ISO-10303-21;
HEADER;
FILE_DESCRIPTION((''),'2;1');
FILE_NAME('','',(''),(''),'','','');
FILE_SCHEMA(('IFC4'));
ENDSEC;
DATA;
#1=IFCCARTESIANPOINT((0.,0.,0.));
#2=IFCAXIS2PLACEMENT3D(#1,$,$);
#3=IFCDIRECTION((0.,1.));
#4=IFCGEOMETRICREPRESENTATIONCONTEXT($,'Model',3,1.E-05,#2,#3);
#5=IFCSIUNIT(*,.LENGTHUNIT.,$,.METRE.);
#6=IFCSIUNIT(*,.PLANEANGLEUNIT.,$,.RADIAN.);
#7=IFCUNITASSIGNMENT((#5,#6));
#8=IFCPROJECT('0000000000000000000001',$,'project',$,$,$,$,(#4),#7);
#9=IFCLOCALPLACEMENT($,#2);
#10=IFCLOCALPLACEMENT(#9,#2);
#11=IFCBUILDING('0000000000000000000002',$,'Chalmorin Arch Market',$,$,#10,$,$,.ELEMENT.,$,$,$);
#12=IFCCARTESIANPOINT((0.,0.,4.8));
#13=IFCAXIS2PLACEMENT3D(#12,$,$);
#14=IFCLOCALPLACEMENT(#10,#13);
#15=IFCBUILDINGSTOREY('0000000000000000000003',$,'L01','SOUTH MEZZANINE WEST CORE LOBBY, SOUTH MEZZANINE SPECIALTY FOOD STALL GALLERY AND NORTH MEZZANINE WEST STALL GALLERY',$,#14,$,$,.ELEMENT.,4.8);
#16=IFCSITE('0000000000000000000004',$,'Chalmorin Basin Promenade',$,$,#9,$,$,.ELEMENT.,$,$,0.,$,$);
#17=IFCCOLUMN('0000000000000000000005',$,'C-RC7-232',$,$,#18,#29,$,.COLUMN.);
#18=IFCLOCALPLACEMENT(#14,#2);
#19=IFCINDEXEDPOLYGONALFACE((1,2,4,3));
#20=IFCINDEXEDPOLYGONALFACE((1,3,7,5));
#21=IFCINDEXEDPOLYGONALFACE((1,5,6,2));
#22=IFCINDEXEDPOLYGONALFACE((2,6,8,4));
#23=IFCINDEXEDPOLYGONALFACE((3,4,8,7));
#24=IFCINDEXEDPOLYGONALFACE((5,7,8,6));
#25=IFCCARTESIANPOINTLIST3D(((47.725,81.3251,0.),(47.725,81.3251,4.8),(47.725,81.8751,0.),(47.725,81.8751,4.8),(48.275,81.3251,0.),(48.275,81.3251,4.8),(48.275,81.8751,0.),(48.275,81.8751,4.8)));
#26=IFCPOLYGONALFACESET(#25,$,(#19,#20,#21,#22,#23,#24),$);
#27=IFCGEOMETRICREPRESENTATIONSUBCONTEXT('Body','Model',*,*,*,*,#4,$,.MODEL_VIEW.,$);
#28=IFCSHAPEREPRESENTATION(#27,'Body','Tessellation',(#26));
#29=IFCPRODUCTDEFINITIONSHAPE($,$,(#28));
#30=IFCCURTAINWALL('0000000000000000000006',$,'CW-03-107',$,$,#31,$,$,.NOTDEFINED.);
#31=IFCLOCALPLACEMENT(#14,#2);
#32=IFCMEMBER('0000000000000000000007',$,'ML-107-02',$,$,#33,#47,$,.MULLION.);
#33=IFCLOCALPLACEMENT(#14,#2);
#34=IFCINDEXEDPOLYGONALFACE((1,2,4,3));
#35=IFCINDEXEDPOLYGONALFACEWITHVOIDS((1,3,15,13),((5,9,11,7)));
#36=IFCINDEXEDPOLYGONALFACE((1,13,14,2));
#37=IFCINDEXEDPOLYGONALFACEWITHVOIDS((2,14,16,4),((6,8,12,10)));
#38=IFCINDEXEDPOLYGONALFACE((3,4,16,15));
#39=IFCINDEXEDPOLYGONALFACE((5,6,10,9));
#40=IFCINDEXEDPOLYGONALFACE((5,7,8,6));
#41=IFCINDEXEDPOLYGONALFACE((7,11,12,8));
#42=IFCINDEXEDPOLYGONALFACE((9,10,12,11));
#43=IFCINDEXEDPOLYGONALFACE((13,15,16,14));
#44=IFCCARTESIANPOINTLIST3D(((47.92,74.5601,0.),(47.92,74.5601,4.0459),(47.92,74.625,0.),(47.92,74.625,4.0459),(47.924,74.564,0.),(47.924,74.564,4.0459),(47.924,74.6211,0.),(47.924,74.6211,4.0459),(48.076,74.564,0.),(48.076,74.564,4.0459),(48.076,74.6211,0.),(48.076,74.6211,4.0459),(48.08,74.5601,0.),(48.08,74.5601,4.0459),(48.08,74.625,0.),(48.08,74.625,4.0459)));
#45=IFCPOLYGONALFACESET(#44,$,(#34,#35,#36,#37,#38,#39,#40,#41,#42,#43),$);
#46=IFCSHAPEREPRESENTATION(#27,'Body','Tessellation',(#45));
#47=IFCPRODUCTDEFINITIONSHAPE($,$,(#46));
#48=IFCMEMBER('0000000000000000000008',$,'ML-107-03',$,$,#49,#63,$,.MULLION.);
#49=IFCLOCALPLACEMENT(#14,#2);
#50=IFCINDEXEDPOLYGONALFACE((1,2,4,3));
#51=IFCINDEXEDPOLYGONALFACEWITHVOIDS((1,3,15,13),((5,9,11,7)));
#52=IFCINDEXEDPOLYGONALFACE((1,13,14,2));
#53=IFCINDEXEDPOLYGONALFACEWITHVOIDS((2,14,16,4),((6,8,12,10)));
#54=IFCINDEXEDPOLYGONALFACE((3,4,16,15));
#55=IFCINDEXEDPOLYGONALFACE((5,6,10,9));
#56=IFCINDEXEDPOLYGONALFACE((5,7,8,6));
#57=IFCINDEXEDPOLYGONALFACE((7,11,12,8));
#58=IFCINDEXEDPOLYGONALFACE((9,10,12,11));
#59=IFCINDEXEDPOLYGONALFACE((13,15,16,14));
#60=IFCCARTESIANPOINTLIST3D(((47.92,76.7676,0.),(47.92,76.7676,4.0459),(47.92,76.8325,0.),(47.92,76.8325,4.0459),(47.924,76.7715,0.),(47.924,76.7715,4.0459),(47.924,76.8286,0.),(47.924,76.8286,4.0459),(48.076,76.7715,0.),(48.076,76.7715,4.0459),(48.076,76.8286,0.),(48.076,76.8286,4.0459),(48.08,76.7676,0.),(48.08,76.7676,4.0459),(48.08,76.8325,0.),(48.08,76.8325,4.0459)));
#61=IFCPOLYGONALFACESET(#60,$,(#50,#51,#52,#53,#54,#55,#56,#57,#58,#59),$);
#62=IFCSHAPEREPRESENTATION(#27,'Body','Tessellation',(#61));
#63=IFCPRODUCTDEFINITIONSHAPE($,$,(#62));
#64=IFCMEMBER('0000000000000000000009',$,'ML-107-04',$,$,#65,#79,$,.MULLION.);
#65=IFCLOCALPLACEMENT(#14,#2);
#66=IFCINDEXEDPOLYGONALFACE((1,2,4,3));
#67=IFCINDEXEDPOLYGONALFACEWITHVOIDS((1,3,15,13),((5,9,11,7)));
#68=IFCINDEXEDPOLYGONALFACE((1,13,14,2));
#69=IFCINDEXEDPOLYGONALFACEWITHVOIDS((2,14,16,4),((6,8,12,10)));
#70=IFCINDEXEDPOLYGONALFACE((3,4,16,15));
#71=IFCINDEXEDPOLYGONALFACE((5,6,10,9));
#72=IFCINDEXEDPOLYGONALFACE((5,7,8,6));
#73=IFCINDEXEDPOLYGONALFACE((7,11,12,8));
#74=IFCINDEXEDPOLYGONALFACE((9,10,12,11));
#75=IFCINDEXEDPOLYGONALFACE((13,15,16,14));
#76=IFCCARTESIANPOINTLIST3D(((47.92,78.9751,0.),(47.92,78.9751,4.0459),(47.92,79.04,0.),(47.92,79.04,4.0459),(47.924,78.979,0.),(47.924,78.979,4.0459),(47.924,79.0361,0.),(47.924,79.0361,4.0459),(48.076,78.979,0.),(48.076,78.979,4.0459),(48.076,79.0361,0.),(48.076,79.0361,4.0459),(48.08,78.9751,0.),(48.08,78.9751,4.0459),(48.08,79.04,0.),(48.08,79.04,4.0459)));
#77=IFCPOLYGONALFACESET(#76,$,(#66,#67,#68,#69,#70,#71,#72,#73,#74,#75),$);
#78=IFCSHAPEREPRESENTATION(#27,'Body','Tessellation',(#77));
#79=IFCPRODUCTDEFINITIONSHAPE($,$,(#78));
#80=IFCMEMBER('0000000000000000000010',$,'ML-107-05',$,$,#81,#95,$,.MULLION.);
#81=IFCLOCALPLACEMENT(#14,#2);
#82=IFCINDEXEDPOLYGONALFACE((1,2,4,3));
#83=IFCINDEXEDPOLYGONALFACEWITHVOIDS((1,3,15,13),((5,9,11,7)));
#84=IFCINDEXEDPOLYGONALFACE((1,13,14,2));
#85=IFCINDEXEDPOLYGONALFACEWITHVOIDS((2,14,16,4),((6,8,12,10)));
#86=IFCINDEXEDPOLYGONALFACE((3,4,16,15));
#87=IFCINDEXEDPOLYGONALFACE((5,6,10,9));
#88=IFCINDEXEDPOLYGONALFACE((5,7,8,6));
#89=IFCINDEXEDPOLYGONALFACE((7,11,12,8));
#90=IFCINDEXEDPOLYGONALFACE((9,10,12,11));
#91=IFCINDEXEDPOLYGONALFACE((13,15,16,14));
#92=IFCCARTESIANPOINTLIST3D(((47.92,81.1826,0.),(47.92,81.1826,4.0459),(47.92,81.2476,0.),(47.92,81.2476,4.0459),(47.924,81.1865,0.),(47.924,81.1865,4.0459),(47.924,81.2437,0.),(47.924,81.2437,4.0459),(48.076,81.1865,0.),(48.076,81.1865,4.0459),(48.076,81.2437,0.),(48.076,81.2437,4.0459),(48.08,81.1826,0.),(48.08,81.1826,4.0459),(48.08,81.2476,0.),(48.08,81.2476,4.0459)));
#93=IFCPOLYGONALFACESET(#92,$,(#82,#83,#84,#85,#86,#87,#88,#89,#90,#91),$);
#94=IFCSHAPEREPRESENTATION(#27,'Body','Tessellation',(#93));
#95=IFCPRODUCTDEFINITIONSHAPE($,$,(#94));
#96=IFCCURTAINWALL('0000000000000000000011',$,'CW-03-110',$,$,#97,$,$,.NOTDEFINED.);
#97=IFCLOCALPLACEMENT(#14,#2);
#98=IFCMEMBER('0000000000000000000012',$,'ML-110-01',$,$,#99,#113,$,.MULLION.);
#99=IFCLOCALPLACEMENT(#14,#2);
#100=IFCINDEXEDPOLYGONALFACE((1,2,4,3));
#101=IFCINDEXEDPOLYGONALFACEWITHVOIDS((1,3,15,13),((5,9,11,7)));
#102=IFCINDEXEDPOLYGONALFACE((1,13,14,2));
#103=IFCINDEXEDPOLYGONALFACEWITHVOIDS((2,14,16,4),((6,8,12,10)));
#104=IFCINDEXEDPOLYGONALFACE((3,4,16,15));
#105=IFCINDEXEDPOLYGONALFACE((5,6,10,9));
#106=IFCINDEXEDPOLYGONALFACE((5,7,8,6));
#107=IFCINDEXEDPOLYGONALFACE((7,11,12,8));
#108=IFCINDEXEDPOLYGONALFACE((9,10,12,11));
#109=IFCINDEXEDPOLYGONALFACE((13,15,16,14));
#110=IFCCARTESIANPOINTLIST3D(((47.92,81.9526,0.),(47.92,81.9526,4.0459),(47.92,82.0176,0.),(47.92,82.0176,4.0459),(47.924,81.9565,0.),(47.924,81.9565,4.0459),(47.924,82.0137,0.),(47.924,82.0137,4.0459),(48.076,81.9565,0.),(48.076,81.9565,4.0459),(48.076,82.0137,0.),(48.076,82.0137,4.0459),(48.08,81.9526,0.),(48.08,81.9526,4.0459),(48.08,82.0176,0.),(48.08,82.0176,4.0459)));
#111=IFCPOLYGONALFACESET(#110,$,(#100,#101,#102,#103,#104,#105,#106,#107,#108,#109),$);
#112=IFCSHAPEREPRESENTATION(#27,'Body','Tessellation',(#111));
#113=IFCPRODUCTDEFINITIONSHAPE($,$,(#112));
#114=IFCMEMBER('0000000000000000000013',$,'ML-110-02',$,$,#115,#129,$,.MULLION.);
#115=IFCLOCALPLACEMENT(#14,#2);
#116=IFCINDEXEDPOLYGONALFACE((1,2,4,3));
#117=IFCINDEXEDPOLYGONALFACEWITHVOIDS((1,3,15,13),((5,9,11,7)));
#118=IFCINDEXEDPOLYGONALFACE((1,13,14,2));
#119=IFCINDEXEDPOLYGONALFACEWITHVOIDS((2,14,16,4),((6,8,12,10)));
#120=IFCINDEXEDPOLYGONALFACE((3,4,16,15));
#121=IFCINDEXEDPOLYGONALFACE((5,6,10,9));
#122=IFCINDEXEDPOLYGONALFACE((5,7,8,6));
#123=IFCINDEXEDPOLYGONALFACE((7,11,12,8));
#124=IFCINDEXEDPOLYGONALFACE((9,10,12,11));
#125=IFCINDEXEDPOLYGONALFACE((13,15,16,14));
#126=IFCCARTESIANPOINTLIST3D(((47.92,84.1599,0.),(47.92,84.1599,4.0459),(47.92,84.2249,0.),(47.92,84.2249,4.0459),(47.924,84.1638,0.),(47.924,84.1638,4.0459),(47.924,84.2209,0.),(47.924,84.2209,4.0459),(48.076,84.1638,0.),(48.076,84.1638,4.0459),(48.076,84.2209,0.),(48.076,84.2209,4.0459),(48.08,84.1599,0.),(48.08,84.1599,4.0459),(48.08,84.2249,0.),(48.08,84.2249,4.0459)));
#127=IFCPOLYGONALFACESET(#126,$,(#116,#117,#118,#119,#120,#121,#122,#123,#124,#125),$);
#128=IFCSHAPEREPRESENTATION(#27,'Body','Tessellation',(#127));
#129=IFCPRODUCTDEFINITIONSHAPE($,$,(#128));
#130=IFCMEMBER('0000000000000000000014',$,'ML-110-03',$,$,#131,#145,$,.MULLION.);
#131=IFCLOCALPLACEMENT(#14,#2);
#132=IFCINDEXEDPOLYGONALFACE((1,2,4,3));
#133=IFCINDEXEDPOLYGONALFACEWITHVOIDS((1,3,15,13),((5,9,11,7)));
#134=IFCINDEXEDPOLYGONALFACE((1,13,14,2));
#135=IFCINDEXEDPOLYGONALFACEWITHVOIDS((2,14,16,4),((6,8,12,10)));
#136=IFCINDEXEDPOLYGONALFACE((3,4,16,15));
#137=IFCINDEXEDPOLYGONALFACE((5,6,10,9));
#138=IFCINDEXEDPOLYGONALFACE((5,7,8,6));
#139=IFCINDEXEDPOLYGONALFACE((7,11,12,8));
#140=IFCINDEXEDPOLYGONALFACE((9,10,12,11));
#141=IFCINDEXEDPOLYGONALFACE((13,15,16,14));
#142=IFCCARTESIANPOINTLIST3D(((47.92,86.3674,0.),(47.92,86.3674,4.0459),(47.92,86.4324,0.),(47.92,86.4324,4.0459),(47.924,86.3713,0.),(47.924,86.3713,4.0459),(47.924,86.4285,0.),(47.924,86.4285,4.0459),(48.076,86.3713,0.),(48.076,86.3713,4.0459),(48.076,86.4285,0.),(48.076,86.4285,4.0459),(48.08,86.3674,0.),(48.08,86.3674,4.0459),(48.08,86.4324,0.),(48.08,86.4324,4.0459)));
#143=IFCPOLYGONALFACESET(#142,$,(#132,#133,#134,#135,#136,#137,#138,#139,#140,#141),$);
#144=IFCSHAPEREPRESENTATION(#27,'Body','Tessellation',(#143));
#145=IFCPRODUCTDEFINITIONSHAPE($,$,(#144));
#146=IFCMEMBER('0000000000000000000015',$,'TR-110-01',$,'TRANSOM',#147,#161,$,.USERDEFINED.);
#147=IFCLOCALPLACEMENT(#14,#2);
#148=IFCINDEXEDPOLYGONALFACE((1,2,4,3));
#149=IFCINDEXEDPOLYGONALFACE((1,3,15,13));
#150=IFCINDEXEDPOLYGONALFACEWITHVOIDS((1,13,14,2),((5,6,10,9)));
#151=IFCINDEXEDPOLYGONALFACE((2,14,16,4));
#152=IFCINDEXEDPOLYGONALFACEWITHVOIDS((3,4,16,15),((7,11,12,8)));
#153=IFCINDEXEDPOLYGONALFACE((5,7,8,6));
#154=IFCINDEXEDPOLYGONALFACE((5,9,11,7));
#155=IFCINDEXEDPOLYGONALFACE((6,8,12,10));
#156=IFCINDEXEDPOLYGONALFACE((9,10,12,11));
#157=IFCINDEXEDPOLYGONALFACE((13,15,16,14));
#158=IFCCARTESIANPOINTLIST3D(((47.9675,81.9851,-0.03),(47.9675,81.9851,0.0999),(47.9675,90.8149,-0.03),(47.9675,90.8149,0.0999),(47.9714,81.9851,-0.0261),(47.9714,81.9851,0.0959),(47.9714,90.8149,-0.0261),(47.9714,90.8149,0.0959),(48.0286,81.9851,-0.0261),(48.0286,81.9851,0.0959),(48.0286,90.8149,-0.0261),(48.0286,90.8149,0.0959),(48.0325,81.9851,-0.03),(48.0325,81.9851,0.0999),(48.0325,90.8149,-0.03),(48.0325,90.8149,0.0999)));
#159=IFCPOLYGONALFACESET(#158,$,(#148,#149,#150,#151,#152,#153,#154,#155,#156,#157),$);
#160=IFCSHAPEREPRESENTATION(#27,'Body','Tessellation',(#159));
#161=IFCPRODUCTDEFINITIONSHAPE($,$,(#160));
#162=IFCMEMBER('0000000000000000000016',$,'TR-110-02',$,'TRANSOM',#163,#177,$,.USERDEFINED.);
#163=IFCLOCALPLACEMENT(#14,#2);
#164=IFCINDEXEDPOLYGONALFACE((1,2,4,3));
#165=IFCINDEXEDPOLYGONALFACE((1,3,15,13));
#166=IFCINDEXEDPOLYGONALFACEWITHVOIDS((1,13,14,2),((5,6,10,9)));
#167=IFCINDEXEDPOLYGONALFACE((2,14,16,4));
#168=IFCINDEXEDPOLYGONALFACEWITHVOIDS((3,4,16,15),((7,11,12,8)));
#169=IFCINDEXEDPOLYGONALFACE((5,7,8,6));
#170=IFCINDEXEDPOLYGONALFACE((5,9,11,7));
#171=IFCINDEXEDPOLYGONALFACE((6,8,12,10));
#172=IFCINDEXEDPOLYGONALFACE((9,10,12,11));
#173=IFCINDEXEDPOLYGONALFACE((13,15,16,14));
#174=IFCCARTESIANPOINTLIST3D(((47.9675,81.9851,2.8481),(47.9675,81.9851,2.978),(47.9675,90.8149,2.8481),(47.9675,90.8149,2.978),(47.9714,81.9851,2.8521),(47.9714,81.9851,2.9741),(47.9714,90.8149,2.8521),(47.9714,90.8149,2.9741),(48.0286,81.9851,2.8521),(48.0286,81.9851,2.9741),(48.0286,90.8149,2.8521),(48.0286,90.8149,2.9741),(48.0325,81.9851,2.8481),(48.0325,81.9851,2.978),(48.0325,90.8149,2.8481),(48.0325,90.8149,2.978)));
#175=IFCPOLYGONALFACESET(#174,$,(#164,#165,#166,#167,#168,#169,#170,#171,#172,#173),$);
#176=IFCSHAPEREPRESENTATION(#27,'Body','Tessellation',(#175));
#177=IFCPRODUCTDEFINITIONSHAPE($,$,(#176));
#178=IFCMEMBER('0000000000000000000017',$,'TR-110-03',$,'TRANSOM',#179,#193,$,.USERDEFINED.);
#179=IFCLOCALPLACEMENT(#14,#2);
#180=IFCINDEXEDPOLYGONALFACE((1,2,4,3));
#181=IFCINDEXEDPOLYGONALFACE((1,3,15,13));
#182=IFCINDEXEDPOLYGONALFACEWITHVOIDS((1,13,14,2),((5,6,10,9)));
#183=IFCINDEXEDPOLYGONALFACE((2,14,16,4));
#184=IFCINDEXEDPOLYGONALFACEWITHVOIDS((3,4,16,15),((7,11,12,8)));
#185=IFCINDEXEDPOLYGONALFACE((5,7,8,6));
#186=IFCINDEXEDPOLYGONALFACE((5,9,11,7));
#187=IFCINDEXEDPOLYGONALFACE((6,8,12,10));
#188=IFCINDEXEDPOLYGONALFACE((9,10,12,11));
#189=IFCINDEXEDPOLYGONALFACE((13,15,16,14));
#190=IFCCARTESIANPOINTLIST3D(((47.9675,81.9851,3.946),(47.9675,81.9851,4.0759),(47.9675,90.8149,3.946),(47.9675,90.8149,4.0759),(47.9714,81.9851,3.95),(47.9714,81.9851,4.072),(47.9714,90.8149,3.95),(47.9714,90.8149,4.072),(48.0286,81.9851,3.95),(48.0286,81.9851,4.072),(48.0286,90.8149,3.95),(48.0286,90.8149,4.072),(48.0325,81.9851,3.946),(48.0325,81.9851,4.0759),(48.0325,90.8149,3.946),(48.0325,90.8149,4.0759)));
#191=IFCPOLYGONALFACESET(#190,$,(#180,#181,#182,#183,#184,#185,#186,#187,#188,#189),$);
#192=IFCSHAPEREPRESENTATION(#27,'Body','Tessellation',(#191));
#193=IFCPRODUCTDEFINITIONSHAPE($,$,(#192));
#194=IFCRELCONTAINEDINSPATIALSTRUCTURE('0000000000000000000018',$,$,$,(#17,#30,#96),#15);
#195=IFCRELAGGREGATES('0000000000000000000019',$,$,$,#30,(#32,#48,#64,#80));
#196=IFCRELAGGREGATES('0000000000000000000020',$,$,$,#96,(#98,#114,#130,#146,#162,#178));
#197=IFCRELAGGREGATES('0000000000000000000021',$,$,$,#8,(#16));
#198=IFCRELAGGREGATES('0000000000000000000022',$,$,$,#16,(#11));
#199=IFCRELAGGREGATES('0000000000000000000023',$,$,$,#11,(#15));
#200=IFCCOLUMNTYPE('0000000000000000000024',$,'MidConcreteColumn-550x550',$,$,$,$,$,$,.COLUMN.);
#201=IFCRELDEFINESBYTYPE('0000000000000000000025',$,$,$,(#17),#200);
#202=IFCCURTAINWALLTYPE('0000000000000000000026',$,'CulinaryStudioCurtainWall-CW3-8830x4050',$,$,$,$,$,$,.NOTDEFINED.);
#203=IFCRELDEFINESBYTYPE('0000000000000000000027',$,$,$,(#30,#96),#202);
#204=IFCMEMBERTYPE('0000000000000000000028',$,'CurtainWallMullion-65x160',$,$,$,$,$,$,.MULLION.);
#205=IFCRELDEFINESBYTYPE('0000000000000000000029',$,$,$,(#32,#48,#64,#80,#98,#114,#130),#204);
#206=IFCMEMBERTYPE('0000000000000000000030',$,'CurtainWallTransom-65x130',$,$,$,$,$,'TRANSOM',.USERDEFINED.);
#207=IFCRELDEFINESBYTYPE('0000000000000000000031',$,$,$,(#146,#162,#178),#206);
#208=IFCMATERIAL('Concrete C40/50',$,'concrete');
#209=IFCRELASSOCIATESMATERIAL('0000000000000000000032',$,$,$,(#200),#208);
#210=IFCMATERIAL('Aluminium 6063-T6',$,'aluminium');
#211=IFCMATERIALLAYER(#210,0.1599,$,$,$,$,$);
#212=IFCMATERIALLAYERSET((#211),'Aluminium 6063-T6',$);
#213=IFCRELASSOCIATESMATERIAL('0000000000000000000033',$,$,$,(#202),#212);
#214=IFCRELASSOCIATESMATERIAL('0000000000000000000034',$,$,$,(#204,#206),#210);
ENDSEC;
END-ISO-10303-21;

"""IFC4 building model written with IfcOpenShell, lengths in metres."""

from ifc_helpers import new_model, si_unit, direction, frame, origin, origin_2d, place, context, subcontext, project, spatial, rectangle, hollow_rectangle, extrude, material, layer, layer_set, material_profile, profile_set, type_object, element, aggregate, save


model = new_model("IFC4")

# Units and contexts
model_context = context("Model", 3, precision=1e-05, world=origin(), true_north=direction((0.0, 1.0)))
body_context = subcontext(model_context, "Body", "Model", "MODEL_VIEW")
ifc_project = project(units=[si_unit("LENGTHUNIT", "METRE"), si_unit("PLANEANGLEUNIT", "RADIAN")], contexts=[model_context])

# Site, building, storey
site_placement = place(None, origin())
site = spatial("IfcSite", under=ifc_project, at=site_placement, Name="Chalmorin Basin Promenade", CompositionType="ELEMENT", RefElevation=0.0)
building_placement = place(site_placement, origin())
building = spatial("IfcBuilding", under=site, at=building_placement, Name="Chalmorin Arch Market", CompositionType="ELEMENT")
storey_placement = place(building_placement, frame((0.0, 0.0, 4.8)))
storey = spatial("IfcBuildingStorey", under=building, at=storey_placement, Name="L01", Description="SOUTH MEZZANINE WEST CORE LOBBY, SOUTH MEZZANINE SPECIALTY FOOD STALL GALLERY AND NORTH MEZZANINE WEST STALL GALLERY", CompositionType="ELEMENT", Elevation=4.8)

# Column
ifc_material_1 = material(Name="Concrete C40/50", Category="concrete")
ifc_material_profile_1 = material_profile(ifc_material_1, rectangle(XDim=0.55, YDim=0.55, at=origin_2d()), Name="RC550X550")
ifc_profile_set_1 = profile_set([ifc_material_profile_1], Name="Concrete C40/50")
column_type = type_object("IfcColumnType", Name="MidConcreteColumn-550x550", PredefinedType="COLUMN", material=ifc_profile_set_1)
column_placement = place(storey_placement, frame((48.0, 81.6001, 0.0), z_axis=(0.0, 0.0, 1.0), x_axis=(1.0, 0.0, 0.0)))
element("IfcColumn", 1, at=column_placement, inside=storey, type_object=column_type, Name="C-RC7-232", PredefinedType="COLUMN", context=body_context, shape_type="SweptSolid", body=[
    extrude(rectangle(XDim=0.55, YDim=0.55, at=origin_2d()), origin(), (0.0, 0.0, 1.0), 4.8),
])

# Curtain walls, members
ifc_material_2 = material(Name="Aluminium 6063-T6", Category="aluminium")
ifc_layer_1 = layer(ifc_material_2, 0.1599)
ifc_layer_set_1 = layer_set([ifc_layer_1], Name="Aluminium 6063-T6")
curtain_wall_type = type_object("IfcCurtainWallType", Name="CulinaryStudioCurtainWall-CW3-8830x4050", PredefinedType="NOTDEFINED", material=ifc_layer_set_1)
curtain_wall_1_placement = place(storey_placement, origin())
curtain_wall_1 = element("IfcCurtainWall", 2, at=curtain_wall_1_placement, inside=storey, type_object=curtain_wall_type, Name="CW-03-107", PredefinedType="NOTDEFINED")
ifc_material_profile_2 = material_profile(ifc_material_2, hollow_rectangle(XDim=0.0649, YDim=0.1599, WallThickness=0.0039, at=origin_2d()), Name="ALU65X160X4")
ifc_profile_set_2 = profile_set([ifc_material_profile_2], Name="Aluminium 6063-T6")
member_type_1 = type_object("IfcMemberType", Name="CurtainWallMullion-65x160", PredefinedType="MULLION", material=ifc_profile_set_2)
member_1_placement = place(storey_placement, frame((48.0, 74.5925, 0.0), z_axis=(0.0, 0.0, 1.0), x_axis=(0.0, 1.0, 0.0)))
member_1 = element("IfcMember", 3, at=member_1_placement, type_object=member_type_1, Name="ML-107-02", PredefinedType="MULLION", context=body_context, shape_type="SweptSolid", body=[
    extrude(hollow_rectangle(XDim=0.0649, YDim=0.1599, WallThickness=0.0039, at=origin_2d()), origin(), (0.0, 0.0, 1.0), 4.0459),
])
member_2_placement = place(storey_placement, frame((48.0, 76.8, 0.0), z_axis=(0.0, 0.0, 1.0), x_axis=(0.0, 1.0, 0.0)))
member_2 = element("IfcMember", 4, at=member_2_placement, type_object=member_type_1, Name="ML-107-03", PredefinedType="MULLION", context=body_context, shape_type="SweptSolid", body=[
    extrude(hollow_rectangle(XDim=0.0649, YDim=0.1599, WallThickness=0.0039, at=origin_2d()), origin(), (0.0, 0.0, 1.0), 4.0459),
])
member_3_placement = place(storey_placement, frame((48.0, 79.0076, 0.0), z_axis=(0.0, 0.0, 1.0), x_axis=(0.0, 1.0, 0.0)))
member_3 = element("IfcMember", 5, at=member_3_placement, type_object=member_type_1, Name="ML-107-04", PredefinedType="MULLION", context=body_context, shape_type="SweptSolid", body=[
    extrude(hollow_rectangle(XDim=0.0649, YDim=0.1599, WallThickness=0.0039, at=origin_2d()), origin(), (0.0, 0.0, 1.0), 4.0459),
])
member_4_placement = place(storey_placement, frame((48.0, 81.2151, 0.0), z_axis=(0.0, 0.0, 1.0), x_axis=(0.0, 1.0, 0.0)))
member_4 = element("IfcMember", 6, at=member_4_placement, type_object=member_type_1, Name="ML-107-05", PredefinedType="MULLION", context=body_context, shape_type="SweptSolid", body=[
    extrude(hollow_rectangle(XDim=0.0649, YDim=0.1599, WallThickness=0.0039, at=origin_2d()), origin(), (0.0, 0.0, 1.0), 4.0459),
])
curtain_wall_2_placement = place(storey_placement, origin())
curtain_wall_2 = element("IfcCurtainWall", 7, at=curtain_wall_2_placement, inside=storey, type_object=curtain_wall_type, Name="CW-03-110", PredefinedType="NOTDEFINED")
member_5_placement = place(storey_placement, frame((48.0, 81.9851, 0.0), z_axis=(0.0, 0.0, 1.0), x_axis=(0.0, 1.0, 0.0)))
member_5 = element("IfcMember", 8, at=member_5_placement, type_object=member_type_1, Name="ML-110-01", PredefinedType="MULLION", context=body_context, shape_type="SweptSolid", body=[
    extrude(hollow_rectangle(XDim=0.0649, YDim=0.1599, WallThickness=0.0039, at=origin_2d()), origin(), (0.0, 0.0, 1.0), 4.0459),
])
member_6_placement = place(storey_placement, frame((48.0, 84.1924, 0.0), z_axis=(0.0, 0.0, 1.0), x_axis=(0.0, 1.0, 0.0)))
member_6 = element("IfcMember", 9, at=member_6_placement, type_object=member_type_1, Name="ML-110-02", PredefinedType="MULLION", context=body_context, shape_type="SweptSolid", body=[
    extrude(hollow_rectangle(XDim=0.0649, YDim=0.1599, WallThickness=0.0039, at=origin_2d()), origin(), (0.0, 0.0, 1.0), 4.0459),
])
member_7_placement = place(storey_placement, frame((48.0, 86.3999, 0.0), z_axis=(0.0, 0.0, 1.0), x_axis=(0.0, 1.0, 0.0)))
member_7 = element("IfcMember", 10, at=member_7_placement, type_object=member_type_1, Name="ML-110-03", PredefinedType="MULLION", context=body_context, shape_type="SweptSolid", body=[
    extrude(hollow_rectangle(XDim=0.0649, YDim=0.1599, WallThickness=0.0039, at=origin_2d()), origin(), (0.0, 0.0, 1.0), 4.0459),
])
ifc_material_profile_3 = material_profile(ifc_material_2, hollow_rectangle(XDim=0.0649, YDim=0.1299, WallThickness=0.0039, at=origin_2d()), Name="ALU65X130X4")
ifc_profile_set_3 = profile_set([ifc_material_profile_3], Name="Aluminium 6063-T6")
member_type_2 = type_object("IfcMemberType", Name="CurtainWallTransom-65x130", ElementType="TRANSOM", PredefinedType="USERDEFINED", material=ifc_profile_set_3)
member_8_placement = place(storey_placement, frame((48.0, 81.9851, 0.0349), z_axis=(0.0, 1.0, 0.0), x_axis=(-1.0, 0.0, 0.0)))
member_8 = element("IfcMember", 11, at=member_8_placement, type_object=member_type_2, Name="TR-110-01", ObjectType="TRANSOM", PredefinedType="USERDEFINED", context=body_context, shape_type="SweptSolid", body=[
    extrude(hollow_rectangle(XDim=0.0649, YDim=0.1299, WallThickness=0.0039, at=origin_2d()), origin(), (0.0, 0.0, 1.0), 8.8298),
])
member_9_placement = place(storey_placement, frame((48.0, 81.9851, 2.9131), z_axis=(0.0, 1.0, 0.0), x_axis=(-1.0, 0.0, 0.0)))
member_9 = element("IfcMember", 12, at=member_9_placement, type_object=member_type_2, Name="TR-110-02", ObjectType="TRANSOM", PredefinedType="USERDEFINED", context=body_context, shape_type="SweptSolid", body=[
    extrude(hollow_rectangle(XDim=0.0649, YDim=0.1299, WallThickness=0.0039, at=origin_2d()), origin(), (0.0, 0.0, 1.0), 8.8298),
])
member_10_placement = place(storey_placement, frame((48.0, 81.9851, 4.011), z_axis=(0.0, 1.0, 0.0), x_axis=(-1.0, 0.0, 0.0)))
member_10 = element("IfcMember", 13, at=member_10_placement, type_object=member_type_2, Name="TR-110-03", ObjectType="TRANSOM", PredefinedType="USERDEFINED", context=body_context, shape_type="SweptSolid", body=[
    extrude(hollow_rectangle(XDim=0.0649, YDim=0.1299, WallThickness=0.0039, at=origin_2d()), origin(), (0.0, 0.0, 1.0), 8.8298),
])

aggregate(curtain_wall_1, [member_1, member_2, member_3, member_4])
aggregate(curtain_wall_2, [member_5, member_6, member_7, member_8, member_9, member_10])

save(model, "model.ifc")
